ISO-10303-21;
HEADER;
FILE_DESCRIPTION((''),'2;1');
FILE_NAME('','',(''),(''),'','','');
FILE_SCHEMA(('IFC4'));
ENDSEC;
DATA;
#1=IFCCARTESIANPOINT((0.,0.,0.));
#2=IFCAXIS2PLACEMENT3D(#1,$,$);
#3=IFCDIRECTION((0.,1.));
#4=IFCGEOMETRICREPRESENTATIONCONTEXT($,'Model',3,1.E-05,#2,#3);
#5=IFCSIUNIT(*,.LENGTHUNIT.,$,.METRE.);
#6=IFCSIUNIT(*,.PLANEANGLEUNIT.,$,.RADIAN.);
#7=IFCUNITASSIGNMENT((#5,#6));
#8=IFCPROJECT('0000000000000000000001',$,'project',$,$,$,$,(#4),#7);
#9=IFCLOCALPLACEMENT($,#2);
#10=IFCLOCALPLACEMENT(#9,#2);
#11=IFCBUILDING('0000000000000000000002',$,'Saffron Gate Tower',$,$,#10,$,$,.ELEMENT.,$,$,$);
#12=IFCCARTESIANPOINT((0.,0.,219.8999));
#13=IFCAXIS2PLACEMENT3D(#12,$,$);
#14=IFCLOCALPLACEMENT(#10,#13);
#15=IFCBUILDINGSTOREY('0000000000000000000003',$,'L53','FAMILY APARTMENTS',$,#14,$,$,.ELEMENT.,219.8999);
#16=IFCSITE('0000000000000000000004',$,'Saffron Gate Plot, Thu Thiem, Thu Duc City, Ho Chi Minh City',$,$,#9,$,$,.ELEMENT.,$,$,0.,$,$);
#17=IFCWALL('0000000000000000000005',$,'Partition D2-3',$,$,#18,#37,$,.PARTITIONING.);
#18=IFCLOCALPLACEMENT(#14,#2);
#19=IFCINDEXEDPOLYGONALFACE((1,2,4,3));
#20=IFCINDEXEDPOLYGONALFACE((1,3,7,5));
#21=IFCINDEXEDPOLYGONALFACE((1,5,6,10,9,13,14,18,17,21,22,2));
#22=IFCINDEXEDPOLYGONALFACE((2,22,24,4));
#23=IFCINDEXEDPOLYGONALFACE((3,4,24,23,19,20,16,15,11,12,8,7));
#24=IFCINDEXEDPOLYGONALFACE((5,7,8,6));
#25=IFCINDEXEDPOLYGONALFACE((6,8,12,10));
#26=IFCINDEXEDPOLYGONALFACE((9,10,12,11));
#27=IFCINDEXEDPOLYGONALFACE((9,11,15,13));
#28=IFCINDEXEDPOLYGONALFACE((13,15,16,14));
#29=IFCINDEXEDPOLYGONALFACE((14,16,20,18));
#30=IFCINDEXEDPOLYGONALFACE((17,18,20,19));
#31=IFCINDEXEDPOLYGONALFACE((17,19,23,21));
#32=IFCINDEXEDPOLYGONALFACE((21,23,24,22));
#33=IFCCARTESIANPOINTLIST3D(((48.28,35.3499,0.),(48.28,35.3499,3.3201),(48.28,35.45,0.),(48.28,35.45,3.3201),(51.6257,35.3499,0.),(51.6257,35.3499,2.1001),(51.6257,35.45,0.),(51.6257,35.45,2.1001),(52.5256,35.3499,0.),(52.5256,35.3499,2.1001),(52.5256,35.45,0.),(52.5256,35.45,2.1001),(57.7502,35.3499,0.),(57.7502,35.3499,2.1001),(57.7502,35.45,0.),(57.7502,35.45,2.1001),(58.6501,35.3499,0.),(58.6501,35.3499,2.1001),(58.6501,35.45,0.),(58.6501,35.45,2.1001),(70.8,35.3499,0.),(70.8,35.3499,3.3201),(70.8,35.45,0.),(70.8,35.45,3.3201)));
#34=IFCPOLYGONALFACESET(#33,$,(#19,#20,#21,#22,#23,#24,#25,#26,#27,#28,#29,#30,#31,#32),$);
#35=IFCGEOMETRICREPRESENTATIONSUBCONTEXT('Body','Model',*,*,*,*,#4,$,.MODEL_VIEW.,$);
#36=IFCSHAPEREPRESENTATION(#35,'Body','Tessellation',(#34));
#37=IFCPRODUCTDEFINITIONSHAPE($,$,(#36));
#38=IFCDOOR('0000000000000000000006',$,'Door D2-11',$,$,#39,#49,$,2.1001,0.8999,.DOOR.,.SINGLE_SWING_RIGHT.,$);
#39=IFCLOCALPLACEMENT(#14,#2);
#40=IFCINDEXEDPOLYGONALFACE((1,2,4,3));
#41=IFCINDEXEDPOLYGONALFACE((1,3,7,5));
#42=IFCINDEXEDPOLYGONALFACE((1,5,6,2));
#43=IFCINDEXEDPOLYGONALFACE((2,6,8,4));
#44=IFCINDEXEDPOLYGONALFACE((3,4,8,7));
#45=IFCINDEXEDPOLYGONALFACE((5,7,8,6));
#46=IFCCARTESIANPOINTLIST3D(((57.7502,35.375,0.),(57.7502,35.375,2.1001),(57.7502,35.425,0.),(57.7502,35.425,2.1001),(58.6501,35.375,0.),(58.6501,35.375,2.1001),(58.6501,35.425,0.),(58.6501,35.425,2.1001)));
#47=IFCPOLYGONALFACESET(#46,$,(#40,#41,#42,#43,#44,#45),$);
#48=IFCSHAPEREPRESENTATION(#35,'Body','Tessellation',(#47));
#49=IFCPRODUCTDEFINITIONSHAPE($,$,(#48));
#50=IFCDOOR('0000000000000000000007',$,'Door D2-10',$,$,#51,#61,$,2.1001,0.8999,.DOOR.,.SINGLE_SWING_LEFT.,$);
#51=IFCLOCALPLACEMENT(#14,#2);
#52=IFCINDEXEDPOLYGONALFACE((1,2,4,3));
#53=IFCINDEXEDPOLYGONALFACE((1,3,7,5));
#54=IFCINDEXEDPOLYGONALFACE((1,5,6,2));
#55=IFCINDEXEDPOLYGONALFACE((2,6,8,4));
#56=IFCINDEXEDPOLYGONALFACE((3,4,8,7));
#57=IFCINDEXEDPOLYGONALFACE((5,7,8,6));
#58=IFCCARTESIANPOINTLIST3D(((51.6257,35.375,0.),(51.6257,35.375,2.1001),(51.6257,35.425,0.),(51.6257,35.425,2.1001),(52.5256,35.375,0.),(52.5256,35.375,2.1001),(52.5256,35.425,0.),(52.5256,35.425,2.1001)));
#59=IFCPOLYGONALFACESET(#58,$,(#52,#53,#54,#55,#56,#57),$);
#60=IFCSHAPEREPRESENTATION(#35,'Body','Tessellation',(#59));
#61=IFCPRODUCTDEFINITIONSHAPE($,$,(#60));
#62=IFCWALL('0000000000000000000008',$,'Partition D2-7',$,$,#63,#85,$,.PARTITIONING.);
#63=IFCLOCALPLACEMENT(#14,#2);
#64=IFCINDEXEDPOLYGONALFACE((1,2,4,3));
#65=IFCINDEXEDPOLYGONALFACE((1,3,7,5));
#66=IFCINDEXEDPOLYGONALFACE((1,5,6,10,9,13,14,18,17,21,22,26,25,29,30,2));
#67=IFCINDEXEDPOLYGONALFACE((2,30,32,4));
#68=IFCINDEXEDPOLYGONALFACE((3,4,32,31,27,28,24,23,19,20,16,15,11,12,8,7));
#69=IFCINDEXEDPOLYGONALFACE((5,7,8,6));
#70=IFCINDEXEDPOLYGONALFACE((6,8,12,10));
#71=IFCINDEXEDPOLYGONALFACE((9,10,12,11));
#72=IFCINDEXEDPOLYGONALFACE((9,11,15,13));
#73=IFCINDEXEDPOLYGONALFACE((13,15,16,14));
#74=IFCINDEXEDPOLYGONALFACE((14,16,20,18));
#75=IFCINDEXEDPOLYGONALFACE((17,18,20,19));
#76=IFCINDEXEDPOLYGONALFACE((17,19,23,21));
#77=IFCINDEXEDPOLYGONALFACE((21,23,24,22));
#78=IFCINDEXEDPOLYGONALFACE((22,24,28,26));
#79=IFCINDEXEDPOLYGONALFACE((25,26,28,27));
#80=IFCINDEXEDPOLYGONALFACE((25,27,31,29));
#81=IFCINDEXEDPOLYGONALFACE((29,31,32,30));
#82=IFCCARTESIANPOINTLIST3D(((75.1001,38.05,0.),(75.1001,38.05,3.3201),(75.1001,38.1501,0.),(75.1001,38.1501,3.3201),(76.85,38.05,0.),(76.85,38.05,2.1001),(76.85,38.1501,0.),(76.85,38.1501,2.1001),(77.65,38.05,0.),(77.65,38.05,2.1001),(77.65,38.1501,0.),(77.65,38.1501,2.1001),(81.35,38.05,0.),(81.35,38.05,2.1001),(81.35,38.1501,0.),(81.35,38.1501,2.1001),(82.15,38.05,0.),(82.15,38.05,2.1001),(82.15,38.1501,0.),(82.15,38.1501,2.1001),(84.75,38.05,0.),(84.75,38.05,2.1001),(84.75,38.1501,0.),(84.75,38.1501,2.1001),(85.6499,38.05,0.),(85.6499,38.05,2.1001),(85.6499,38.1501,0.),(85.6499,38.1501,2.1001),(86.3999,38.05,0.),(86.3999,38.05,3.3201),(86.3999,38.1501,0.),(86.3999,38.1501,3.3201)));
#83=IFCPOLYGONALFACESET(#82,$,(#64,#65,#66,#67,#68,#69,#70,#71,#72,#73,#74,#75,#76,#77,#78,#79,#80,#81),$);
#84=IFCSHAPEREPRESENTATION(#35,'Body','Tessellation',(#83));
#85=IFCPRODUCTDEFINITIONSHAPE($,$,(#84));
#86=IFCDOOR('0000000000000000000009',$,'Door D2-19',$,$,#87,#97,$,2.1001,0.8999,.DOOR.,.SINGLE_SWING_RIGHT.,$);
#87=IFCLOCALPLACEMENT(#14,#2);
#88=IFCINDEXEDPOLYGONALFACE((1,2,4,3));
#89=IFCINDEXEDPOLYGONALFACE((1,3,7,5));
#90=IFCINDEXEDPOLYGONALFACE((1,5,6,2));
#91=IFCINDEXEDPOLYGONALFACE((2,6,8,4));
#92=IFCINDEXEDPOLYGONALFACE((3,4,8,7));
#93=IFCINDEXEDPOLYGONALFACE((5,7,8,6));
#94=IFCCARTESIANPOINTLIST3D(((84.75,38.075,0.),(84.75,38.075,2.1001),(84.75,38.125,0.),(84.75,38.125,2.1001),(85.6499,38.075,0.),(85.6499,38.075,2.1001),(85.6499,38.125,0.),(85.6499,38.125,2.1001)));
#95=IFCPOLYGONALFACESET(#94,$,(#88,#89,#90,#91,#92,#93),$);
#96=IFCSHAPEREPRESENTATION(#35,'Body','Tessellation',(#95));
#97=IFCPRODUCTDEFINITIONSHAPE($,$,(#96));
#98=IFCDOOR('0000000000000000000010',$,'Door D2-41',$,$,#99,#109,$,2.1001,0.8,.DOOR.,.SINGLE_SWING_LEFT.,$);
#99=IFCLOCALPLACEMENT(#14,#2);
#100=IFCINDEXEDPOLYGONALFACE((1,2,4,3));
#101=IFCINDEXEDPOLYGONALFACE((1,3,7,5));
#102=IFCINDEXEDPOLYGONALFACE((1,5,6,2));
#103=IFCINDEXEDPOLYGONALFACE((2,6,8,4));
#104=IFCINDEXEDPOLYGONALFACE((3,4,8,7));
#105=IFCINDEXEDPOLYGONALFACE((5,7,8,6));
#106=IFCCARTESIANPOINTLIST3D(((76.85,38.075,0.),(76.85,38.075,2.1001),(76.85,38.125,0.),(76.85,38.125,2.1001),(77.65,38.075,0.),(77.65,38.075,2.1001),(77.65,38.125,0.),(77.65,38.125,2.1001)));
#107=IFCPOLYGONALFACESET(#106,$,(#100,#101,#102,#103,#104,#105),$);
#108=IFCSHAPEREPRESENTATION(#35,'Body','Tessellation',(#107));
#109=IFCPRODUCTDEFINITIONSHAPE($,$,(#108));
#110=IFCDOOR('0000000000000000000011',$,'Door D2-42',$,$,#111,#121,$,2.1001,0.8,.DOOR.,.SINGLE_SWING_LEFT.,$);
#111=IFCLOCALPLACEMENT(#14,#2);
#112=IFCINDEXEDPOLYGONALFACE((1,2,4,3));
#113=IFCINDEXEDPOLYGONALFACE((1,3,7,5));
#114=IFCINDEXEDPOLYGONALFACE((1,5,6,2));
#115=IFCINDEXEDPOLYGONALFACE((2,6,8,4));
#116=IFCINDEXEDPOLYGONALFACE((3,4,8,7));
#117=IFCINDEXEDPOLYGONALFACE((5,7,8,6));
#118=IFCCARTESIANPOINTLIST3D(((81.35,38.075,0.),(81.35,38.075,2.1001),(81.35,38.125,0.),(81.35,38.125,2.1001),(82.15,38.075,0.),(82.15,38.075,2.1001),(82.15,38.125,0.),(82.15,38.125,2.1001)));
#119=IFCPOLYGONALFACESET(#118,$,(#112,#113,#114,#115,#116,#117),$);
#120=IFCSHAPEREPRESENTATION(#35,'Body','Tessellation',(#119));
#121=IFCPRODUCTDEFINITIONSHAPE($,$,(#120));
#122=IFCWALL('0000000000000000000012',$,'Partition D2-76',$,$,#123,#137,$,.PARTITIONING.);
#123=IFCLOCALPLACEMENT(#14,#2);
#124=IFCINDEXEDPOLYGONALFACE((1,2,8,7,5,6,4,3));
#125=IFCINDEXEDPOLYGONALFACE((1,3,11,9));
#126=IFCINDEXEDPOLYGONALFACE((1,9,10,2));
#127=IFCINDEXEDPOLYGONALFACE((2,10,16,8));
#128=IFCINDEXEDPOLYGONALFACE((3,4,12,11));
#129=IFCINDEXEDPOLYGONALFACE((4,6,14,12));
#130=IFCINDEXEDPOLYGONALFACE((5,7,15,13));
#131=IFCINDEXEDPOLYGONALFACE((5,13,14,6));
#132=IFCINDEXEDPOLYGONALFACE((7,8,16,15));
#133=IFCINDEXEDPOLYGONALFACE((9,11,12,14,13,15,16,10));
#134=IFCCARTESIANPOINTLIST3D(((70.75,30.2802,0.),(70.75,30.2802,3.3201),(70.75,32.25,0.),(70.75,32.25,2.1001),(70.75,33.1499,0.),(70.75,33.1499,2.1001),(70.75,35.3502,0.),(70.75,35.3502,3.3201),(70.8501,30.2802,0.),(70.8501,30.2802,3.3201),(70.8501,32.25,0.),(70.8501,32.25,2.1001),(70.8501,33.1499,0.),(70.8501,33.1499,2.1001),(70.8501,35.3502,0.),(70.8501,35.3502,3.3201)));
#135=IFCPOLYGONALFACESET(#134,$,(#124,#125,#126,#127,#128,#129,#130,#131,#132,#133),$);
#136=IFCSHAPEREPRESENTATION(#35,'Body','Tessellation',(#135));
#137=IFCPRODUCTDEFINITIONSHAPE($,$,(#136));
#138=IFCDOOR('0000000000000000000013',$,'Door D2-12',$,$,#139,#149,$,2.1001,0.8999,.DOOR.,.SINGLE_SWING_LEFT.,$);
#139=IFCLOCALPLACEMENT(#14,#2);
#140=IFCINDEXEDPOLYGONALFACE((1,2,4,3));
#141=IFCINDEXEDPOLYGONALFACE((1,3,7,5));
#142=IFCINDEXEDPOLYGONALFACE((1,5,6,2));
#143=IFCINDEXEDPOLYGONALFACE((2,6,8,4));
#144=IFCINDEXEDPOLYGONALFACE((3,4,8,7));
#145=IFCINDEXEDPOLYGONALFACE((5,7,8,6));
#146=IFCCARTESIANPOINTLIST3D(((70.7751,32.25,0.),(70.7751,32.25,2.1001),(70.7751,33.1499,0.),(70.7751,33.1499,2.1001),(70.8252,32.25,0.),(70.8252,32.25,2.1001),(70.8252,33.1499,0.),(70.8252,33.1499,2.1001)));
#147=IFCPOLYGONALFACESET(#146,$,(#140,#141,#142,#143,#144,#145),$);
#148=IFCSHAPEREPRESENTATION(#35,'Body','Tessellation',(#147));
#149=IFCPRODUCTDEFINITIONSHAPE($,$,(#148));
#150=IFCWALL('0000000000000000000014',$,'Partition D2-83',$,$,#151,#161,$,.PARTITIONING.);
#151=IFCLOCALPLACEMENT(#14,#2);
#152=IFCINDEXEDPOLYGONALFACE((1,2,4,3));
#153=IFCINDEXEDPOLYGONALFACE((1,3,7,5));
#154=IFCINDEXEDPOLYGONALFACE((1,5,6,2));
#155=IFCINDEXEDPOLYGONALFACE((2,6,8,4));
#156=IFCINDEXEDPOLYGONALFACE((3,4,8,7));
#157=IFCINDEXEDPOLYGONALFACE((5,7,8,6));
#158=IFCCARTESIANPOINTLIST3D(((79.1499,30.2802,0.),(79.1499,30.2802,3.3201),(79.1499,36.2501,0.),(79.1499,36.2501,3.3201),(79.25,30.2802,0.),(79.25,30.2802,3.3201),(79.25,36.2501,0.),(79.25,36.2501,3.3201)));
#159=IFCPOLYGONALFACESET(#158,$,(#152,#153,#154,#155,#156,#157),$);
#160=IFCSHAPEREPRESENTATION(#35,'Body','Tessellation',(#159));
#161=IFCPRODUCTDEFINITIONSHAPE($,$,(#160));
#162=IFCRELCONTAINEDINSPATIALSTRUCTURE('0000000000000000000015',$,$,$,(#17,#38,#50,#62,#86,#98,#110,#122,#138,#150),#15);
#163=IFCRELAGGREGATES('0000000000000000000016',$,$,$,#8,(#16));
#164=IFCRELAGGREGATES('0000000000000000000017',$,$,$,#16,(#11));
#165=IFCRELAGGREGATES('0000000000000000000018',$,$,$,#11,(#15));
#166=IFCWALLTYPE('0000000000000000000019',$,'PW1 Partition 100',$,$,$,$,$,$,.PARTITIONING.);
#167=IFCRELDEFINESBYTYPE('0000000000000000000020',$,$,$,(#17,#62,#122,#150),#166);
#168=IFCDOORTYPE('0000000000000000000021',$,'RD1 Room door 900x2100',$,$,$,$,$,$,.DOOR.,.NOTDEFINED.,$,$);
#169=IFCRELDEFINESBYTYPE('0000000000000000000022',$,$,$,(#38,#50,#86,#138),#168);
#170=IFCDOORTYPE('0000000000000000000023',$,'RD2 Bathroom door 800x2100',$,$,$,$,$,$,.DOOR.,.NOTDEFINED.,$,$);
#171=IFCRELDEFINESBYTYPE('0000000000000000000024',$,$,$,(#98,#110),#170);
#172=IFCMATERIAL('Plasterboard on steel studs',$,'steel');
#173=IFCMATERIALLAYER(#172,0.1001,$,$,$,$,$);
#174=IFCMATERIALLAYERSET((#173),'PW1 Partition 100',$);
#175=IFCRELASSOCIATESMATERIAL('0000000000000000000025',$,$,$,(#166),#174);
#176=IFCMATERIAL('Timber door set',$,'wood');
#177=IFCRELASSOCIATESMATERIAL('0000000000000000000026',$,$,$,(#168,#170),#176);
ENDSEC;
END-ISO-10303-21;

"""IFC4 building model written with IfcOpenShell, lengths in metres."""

from ifc_helpers import new_model, si_unit, direction, frame, frame_2d, origin, place, context, subcontext, project, spatial, rectangle, extrude, material, layer, layer_set, type_object, element, fill, save


model = new_model("IFC4")

# Units and contexts
model_context = context("Model", 3, precision=1e-05, world=origin(), true_north=direction((0.0, 1.0)))
body_context = subcontext(model_context, "Body", "Model", "MODEL_VIEW")
ifc_project = project(units=[si_unit("LENGTHUNIT", "METRE"), si_unit("PLANEANGLEUNIT", "RADIAN")], contexts=[model_context])

# Site, building, storey
site_placement = place(None, origin())
site = spatial("IfcSite", under=ifc_project, at=site_placement, Name="Saffron Gate Plot, Thu Thiem, Thu Duc City, Ho Chi Minh City", CompositionType="ELEMENT", RefElevation=0.0)
building_placement = place(site_placement, origin())
building = spatial("IfcBuilding", under=site, at=building_placement, Name="Saffron Gate Tower", CompositionType="ELEMENT")
storey_placement = place(building_placement, frame((0.0, 0.0, 219.8999)))
storey = spatial("IfcBuildingStorey", under=building, at=storey_placement, Name="L53", Description="FAMILY APARTMENTS", CompositionType="ELEMENT", Elevation=219.8999)

# Walls, openings, doors
ifc_material_1 = material(Name="Plasterboard on steel studs", Category="steel")
ifc_layer_1 = layer(ifc_material_1, 0.1001)
ifc_layer_set_1 = layer_set([ifc_layer_1], Name="PW1 Partition 100")
wall_type_1 = type_object("IfcWallType", Name="PW1 Partition 100", PredefinedType="PARTITIONING", material=ifc_layer_set_1)
wall_1_placement = place(storey_placement, frame((70.8, 35.3999, 0.0), z_axis=(0.0, 0.0, 1.0), x_axis=(-1.0, 0.0, 0.0)))
wall_1 = element("IfcWall", 1, at=wall_1_placement, inside=storey, type_object=wall_type_1, Name="Partition D2-3", PredefinedType="PARTITIONING", context=body_context, shape_type="SweptSolid", body=[
    extrude(rectangle(XDim=22.52, YDim=0.1001, at=frame_2d((11.26, 0.0))), origin(), (0.0, 0.0, 1.0), 3.3201),
])
opening_1_placement = place(wall_1_placement, frame((12.1499, 0.0, 0.0)))
opening_1 = element("IfcOpeningElement", 2, at=opening_1_placement, cuts=wall_1, PredefinedType="OPENING", context=body_context, shape_type="SweptSolid", body=[
    extrude(rectangle(XDim=0.8999, YDim=2.1001, at=frame_2d((0.45, 1.05))), frame((0.0, 0.0601, 0.0), z_axis=(0.0, -1.0, 0.0), x_axis=(1.0, 0.0, 0.0)), (0.0, 0.0, 1.0), 0.1201),
])
opening_2_placement = place(wall_1_placement, frame((18.2744, 0.0, 0.0)))
opening_2 = element("IfcOpeningElement", 3, at=opening_2_placement, cuts=wall_1, PredefinedType="OPENING", context=body_context, shape_type="SweptSolid", body=[
    extrude(rectangle(XDim=0.8999, YDim=2.1001, at=frame_2d((0.45, 1.05))), frame((0.0, 0.0601, 0.0), z_axis=(0.0, -1.0, 0.0), x_axis=(1.0, 0.0, 0.0)), (0.0, 0.0, 1.0), 0.1201),
])
ifc_material_2 = material(Name="Timber door set", Category="wood")
door_type_1 = type_object("IfcDoorType", Name="RD1 Room door 900x2100", OperationType="NOTDEFINED", PredefinedType="DOOR", material=ifc_material_2)
door_1_placement = place(opening_1_placement, origin())
door_1 = element("IfcDoor", 4, at=door_1_placement, inside=storey, type_object=door_type_1, Name="Door D2-11", OperationType="SINGLE_SWING_RIGHT", OverallHeight=2.1001, OverallWidth=0.8999, PredefinedType="DOOR", context=body_context, shape_type="SweptSolid", body=[
    extrude(rectangle(XDim=0.8999, YDim=2.1001, at=frame_2d((0.45, 1.05))), frame((0.0, 0.0249, 0.0), z_axis=(0.0, -1.0, 0.0), x_axis=(1.0, 0.0, 0.0)), (0.0, 0.0, 1.0), 0.05),
])
fill(opening_1, door_1)
door_2_placement = place(opening_2_placement, origin())
door_2 = element("IfcDoor", 5, at=door_2_placement, inside=storey, type_object=door_type_1, Name="Door D2-10", OperationType="SINGLE_SWING_LEFT", OverallHeight=2.1001, OverallWidth=0.8999, PredefinedType="DOOR", context=body_context, shape_type="SweptSolid", body=[
    extrude(rectangle(XDim=0.8999, YDim=2.1001, at=frame_2d((0.45, 1.05))), frame((0.0, 0.0249, 0.0), z_axis=(0.0, -1.0, 0.0), x_axis=(1.0, 0.0, 0.0)), (0.0, 0.0, 1.0), 0.05),
])
fill(opening_2, door_2)
wall_2_placement = place(storey_placement, frame((75.1001, 38.1001, 0.0), z_axis=(0.0, 0.0, 1.0), x_axis=(1.0, 0.0, 0.0)))
wall_2 = element("IfcWall", 6, at=wall_2_placement, inside=storey, type_object=wall_type_1, Name="Partition D2-7", PredefinedType="PARTITIONING", context=body_context, shape_type="SweptSolid", body=[
    extrude(rectangle(XDim=11.2998, YDim=0.1001, at=frame_2d((5.6499, 0.0))), origin(), (0.0, 0.0, 1.0), 3.3201),
])
opening_3_placement = place(wall_2_placement, frame((1.75, 0.0, 0.0)))
opening_3 = element("IfcOpeningElement", 7, at=opening_3_placement, cuts=wall_2, PredefinedType="OPENING", context=body_context, shape_type="SweptSolid", body=[
    extrude(rectangle(XDim=0.8, YDim=2.1001, at=frame_2d((0.3999, 1.05))), frame((0.0, 0.0601, 0.0), z_axis=(0.0, -1.0, 0.0), x_axis=(1.0, 0.0, 0.0)), (0.0, 0.0, 1.0), 0.1201),
])
opening_4_placement = place(wall_2_placement, frame((6.25, 0.0, 0.0)))
opening_4 = element("IfcOpeningElement", 8, at=opening_4_placement, cuts=wall_2, PredefinedType="OPENING", context=body_context, shape_type="SweptSolid", body=[
    extrude(rectangle(XDim=0.8, YDim=2.1001, at=frame_2d((0.3999, 1.05))), frame((0.0, 0.0601, 0.0), z_axis=(0.0, -1.0, 0.0), x_axis=(1.0, 0.0, 0.0)), (0.0, 0.0, 1.0), 0.1201),
])
opening_5_placement = place(wall_2_placement, frame((9.6499, 0.0, 0.0)))
opening_5 = element("IfcOpeningElement", 9, at=opening_5_placement, cuts=wall_2, PredefinedType="OPENING", context=body_context, shape_type="SweptSolid", body=[
    extrude(rectangle(XDim=0.8999, YDim=2.1001, at=frame_2d((0.45, 1.05))), frame((0.0, 0.0601, 0.0), z_axis=(0.0, -1.0, 0.0), x_axis=(1.0, 0.0, 0.0)), (0.0, 0.0, 1.0), 0.1201),
])
door_3_placement = place(opening_5_placement, origin())
door_3 = element("IfcDoor", 10, at=door_3_placement, inside=storey, type_object=door_type_1, Name="Door D2-19", OperationType="SINGLE_SWING_RIGHT", OverallHeight=2.1001, OverallWidth=0.8999, PredefinedType="DOOR", context=body_context, shape_type="SweptSolid", body=[
    extrude(rectangle(XDim=0.8999, YDim=2.1001, at=frame_2d((0.45, 1.05))), frame((0.0, 0.0249, 0.0), z_axis=(0.0, -1.0, 0.0), x_axis=(1.0, 0.0, 0.0)), (0.0, 0.0, 1.0), 0.05),
])
fill(opening_5, door_3)
door_type_2 = type_object("IfcDoorType", Name="RD2 Bathroom door 800x2100", OperationType="NOTDEFINED", PredefinedType="DOOR", material=ifc_material_2)
door_4_placement = place(opening_3_placement, origin())
door_4 = element("IfcDoor", 11, at=door_4_placement, inside=storey, type_object=door_type_2, Name="Door D2-41", OperationType="SINGLE_SWING_LEFT", OverallHeight=2.1001, OverallWidth=0.8, PredefinedType="DOOR", context=body_context, shape_type="SweptSolid", body=[
    extrude(rectangle(XDim=0.8, YDim=2.1001, at=frame_2d((0.3999, 1.05))), frame((0.0, 0.0249, 0.0), z_axis=(0.0, -1.0, 0.0), x_axis=(1.0, 0.0, 0.0)), (0.0, 0.0, 1.0), 0.05),
])
fill(opening_3, door_4)
door_5_placement = place(opening_4_placement, origin())
door_5 = element("IfcDoor", 12, at=door_5_placement, inside=storey, type_object=door_type_2, Name="Door D2-42", OperationType="SINGLE_SWING_LEFT", OverallHeight=2.1001, OverallWidth=0.8, PredefinedType="DOOR", context=body_context, shape_type="SweptSolid", body=[
    extrude(rectangle(XDim=0.8, YDim=2.1001, at=frame_2d((0.3999, 1.05))), frame((0.0, 0.0249, 0.0), z_axis=(0.0, -1.0, 0.0), x_axis=(1.0, 0.0, 0.0)), (0.0, 0.0, 1.0), 0.05),
])
fill(opening_4, door_5)

# Wall, opening, door
wall_3_placement = place(storey_placement, frame((70.8, 30.28, 0.0), z_axis=(0.0, 0.0, 1.0), x_axis=(0.0, 1.0, 0.0)))
wall_3 = element("IfcWall", 13, at=wall_3_placement, inside=storey, type_object=wall_type_1, Name="Partition D2-76", PredefinedType="PARTITIONING", context=body_context, shape_type="SweptSolid", body=[
    extrude(rectangle(XDim=5.0701, YDim=0.1001, at=frame_2d((2.5352, 0.0))), origin(), (0.0, 0.0, 1.0), 3.3201),
])
opening_6_placement = place(wall_3_placement, frame((1.97, 0.0, 0.0)))
opening_6 = element("IfcOpeningElement", 14, at=opening_6_placement, cuts=wall_3, PredefinedType="OPENING", context=body_context, shape_type="SweptSolid", body=[
    extrude(rectangle(XDim=0.8999, YDim=2.1001, at=frame_2d((0.45, 1.05))), frame((0.0, 0.0601, 0.0), z_axis=(0.0, -1.0, 0.0), x_axis=(1.0, 0.0, 0.0)), (0.0, 0.0, 1.0), 0.1201),
])
door_6_placement = place(opening_6_placement, origin())
door_6 = element("IfcDoor", 15, at=door_6_placement, inside=storey, type_object=door_type_1, Name="Door D2-12", OperationType="SINGLE_SWING_LEFT", OverallHeight=2.1001, OverallWidth=0.8999, PredefinedType="DOOR", context=body_context, shape_type="SweptSolid", body=[
    extrude(rectangle(XDim=0.8999, YDim=2.1001, at=frame_2d((0.45, 1.05))), frame((0.0, 0.0249, 0.0), z_axis=(0.0, -1.0, 0.0), x_axis=(1.0, 0.0, 0.0)), (0.0, 0.0, 1.0), 0.05),
])
fill(opening_6, door_6)

# Wall
wall_4_placement = place(storey_placement, frame((79.2, 36.25, 0.0), z_axis=(0.0, 0.0, 1.0), x_axis=(0.0, -1.0, 0.0)))
element("IfcWall", 16, at=wall_4_placement, inside=storey, type_object=wall_type_1, Name="Partition D2-83", PredefinedType="PARTITIONING", context=body_context, shape_type="SweptSolid", body=[
    extrude(rectangle(XDim=5.97, YDim=0.1001, at=frame_2d((2.9849, 0.0))), origin(), (0.0, 0.0, 1.0), 3.3201),
])

save(model, "model.ifc")
